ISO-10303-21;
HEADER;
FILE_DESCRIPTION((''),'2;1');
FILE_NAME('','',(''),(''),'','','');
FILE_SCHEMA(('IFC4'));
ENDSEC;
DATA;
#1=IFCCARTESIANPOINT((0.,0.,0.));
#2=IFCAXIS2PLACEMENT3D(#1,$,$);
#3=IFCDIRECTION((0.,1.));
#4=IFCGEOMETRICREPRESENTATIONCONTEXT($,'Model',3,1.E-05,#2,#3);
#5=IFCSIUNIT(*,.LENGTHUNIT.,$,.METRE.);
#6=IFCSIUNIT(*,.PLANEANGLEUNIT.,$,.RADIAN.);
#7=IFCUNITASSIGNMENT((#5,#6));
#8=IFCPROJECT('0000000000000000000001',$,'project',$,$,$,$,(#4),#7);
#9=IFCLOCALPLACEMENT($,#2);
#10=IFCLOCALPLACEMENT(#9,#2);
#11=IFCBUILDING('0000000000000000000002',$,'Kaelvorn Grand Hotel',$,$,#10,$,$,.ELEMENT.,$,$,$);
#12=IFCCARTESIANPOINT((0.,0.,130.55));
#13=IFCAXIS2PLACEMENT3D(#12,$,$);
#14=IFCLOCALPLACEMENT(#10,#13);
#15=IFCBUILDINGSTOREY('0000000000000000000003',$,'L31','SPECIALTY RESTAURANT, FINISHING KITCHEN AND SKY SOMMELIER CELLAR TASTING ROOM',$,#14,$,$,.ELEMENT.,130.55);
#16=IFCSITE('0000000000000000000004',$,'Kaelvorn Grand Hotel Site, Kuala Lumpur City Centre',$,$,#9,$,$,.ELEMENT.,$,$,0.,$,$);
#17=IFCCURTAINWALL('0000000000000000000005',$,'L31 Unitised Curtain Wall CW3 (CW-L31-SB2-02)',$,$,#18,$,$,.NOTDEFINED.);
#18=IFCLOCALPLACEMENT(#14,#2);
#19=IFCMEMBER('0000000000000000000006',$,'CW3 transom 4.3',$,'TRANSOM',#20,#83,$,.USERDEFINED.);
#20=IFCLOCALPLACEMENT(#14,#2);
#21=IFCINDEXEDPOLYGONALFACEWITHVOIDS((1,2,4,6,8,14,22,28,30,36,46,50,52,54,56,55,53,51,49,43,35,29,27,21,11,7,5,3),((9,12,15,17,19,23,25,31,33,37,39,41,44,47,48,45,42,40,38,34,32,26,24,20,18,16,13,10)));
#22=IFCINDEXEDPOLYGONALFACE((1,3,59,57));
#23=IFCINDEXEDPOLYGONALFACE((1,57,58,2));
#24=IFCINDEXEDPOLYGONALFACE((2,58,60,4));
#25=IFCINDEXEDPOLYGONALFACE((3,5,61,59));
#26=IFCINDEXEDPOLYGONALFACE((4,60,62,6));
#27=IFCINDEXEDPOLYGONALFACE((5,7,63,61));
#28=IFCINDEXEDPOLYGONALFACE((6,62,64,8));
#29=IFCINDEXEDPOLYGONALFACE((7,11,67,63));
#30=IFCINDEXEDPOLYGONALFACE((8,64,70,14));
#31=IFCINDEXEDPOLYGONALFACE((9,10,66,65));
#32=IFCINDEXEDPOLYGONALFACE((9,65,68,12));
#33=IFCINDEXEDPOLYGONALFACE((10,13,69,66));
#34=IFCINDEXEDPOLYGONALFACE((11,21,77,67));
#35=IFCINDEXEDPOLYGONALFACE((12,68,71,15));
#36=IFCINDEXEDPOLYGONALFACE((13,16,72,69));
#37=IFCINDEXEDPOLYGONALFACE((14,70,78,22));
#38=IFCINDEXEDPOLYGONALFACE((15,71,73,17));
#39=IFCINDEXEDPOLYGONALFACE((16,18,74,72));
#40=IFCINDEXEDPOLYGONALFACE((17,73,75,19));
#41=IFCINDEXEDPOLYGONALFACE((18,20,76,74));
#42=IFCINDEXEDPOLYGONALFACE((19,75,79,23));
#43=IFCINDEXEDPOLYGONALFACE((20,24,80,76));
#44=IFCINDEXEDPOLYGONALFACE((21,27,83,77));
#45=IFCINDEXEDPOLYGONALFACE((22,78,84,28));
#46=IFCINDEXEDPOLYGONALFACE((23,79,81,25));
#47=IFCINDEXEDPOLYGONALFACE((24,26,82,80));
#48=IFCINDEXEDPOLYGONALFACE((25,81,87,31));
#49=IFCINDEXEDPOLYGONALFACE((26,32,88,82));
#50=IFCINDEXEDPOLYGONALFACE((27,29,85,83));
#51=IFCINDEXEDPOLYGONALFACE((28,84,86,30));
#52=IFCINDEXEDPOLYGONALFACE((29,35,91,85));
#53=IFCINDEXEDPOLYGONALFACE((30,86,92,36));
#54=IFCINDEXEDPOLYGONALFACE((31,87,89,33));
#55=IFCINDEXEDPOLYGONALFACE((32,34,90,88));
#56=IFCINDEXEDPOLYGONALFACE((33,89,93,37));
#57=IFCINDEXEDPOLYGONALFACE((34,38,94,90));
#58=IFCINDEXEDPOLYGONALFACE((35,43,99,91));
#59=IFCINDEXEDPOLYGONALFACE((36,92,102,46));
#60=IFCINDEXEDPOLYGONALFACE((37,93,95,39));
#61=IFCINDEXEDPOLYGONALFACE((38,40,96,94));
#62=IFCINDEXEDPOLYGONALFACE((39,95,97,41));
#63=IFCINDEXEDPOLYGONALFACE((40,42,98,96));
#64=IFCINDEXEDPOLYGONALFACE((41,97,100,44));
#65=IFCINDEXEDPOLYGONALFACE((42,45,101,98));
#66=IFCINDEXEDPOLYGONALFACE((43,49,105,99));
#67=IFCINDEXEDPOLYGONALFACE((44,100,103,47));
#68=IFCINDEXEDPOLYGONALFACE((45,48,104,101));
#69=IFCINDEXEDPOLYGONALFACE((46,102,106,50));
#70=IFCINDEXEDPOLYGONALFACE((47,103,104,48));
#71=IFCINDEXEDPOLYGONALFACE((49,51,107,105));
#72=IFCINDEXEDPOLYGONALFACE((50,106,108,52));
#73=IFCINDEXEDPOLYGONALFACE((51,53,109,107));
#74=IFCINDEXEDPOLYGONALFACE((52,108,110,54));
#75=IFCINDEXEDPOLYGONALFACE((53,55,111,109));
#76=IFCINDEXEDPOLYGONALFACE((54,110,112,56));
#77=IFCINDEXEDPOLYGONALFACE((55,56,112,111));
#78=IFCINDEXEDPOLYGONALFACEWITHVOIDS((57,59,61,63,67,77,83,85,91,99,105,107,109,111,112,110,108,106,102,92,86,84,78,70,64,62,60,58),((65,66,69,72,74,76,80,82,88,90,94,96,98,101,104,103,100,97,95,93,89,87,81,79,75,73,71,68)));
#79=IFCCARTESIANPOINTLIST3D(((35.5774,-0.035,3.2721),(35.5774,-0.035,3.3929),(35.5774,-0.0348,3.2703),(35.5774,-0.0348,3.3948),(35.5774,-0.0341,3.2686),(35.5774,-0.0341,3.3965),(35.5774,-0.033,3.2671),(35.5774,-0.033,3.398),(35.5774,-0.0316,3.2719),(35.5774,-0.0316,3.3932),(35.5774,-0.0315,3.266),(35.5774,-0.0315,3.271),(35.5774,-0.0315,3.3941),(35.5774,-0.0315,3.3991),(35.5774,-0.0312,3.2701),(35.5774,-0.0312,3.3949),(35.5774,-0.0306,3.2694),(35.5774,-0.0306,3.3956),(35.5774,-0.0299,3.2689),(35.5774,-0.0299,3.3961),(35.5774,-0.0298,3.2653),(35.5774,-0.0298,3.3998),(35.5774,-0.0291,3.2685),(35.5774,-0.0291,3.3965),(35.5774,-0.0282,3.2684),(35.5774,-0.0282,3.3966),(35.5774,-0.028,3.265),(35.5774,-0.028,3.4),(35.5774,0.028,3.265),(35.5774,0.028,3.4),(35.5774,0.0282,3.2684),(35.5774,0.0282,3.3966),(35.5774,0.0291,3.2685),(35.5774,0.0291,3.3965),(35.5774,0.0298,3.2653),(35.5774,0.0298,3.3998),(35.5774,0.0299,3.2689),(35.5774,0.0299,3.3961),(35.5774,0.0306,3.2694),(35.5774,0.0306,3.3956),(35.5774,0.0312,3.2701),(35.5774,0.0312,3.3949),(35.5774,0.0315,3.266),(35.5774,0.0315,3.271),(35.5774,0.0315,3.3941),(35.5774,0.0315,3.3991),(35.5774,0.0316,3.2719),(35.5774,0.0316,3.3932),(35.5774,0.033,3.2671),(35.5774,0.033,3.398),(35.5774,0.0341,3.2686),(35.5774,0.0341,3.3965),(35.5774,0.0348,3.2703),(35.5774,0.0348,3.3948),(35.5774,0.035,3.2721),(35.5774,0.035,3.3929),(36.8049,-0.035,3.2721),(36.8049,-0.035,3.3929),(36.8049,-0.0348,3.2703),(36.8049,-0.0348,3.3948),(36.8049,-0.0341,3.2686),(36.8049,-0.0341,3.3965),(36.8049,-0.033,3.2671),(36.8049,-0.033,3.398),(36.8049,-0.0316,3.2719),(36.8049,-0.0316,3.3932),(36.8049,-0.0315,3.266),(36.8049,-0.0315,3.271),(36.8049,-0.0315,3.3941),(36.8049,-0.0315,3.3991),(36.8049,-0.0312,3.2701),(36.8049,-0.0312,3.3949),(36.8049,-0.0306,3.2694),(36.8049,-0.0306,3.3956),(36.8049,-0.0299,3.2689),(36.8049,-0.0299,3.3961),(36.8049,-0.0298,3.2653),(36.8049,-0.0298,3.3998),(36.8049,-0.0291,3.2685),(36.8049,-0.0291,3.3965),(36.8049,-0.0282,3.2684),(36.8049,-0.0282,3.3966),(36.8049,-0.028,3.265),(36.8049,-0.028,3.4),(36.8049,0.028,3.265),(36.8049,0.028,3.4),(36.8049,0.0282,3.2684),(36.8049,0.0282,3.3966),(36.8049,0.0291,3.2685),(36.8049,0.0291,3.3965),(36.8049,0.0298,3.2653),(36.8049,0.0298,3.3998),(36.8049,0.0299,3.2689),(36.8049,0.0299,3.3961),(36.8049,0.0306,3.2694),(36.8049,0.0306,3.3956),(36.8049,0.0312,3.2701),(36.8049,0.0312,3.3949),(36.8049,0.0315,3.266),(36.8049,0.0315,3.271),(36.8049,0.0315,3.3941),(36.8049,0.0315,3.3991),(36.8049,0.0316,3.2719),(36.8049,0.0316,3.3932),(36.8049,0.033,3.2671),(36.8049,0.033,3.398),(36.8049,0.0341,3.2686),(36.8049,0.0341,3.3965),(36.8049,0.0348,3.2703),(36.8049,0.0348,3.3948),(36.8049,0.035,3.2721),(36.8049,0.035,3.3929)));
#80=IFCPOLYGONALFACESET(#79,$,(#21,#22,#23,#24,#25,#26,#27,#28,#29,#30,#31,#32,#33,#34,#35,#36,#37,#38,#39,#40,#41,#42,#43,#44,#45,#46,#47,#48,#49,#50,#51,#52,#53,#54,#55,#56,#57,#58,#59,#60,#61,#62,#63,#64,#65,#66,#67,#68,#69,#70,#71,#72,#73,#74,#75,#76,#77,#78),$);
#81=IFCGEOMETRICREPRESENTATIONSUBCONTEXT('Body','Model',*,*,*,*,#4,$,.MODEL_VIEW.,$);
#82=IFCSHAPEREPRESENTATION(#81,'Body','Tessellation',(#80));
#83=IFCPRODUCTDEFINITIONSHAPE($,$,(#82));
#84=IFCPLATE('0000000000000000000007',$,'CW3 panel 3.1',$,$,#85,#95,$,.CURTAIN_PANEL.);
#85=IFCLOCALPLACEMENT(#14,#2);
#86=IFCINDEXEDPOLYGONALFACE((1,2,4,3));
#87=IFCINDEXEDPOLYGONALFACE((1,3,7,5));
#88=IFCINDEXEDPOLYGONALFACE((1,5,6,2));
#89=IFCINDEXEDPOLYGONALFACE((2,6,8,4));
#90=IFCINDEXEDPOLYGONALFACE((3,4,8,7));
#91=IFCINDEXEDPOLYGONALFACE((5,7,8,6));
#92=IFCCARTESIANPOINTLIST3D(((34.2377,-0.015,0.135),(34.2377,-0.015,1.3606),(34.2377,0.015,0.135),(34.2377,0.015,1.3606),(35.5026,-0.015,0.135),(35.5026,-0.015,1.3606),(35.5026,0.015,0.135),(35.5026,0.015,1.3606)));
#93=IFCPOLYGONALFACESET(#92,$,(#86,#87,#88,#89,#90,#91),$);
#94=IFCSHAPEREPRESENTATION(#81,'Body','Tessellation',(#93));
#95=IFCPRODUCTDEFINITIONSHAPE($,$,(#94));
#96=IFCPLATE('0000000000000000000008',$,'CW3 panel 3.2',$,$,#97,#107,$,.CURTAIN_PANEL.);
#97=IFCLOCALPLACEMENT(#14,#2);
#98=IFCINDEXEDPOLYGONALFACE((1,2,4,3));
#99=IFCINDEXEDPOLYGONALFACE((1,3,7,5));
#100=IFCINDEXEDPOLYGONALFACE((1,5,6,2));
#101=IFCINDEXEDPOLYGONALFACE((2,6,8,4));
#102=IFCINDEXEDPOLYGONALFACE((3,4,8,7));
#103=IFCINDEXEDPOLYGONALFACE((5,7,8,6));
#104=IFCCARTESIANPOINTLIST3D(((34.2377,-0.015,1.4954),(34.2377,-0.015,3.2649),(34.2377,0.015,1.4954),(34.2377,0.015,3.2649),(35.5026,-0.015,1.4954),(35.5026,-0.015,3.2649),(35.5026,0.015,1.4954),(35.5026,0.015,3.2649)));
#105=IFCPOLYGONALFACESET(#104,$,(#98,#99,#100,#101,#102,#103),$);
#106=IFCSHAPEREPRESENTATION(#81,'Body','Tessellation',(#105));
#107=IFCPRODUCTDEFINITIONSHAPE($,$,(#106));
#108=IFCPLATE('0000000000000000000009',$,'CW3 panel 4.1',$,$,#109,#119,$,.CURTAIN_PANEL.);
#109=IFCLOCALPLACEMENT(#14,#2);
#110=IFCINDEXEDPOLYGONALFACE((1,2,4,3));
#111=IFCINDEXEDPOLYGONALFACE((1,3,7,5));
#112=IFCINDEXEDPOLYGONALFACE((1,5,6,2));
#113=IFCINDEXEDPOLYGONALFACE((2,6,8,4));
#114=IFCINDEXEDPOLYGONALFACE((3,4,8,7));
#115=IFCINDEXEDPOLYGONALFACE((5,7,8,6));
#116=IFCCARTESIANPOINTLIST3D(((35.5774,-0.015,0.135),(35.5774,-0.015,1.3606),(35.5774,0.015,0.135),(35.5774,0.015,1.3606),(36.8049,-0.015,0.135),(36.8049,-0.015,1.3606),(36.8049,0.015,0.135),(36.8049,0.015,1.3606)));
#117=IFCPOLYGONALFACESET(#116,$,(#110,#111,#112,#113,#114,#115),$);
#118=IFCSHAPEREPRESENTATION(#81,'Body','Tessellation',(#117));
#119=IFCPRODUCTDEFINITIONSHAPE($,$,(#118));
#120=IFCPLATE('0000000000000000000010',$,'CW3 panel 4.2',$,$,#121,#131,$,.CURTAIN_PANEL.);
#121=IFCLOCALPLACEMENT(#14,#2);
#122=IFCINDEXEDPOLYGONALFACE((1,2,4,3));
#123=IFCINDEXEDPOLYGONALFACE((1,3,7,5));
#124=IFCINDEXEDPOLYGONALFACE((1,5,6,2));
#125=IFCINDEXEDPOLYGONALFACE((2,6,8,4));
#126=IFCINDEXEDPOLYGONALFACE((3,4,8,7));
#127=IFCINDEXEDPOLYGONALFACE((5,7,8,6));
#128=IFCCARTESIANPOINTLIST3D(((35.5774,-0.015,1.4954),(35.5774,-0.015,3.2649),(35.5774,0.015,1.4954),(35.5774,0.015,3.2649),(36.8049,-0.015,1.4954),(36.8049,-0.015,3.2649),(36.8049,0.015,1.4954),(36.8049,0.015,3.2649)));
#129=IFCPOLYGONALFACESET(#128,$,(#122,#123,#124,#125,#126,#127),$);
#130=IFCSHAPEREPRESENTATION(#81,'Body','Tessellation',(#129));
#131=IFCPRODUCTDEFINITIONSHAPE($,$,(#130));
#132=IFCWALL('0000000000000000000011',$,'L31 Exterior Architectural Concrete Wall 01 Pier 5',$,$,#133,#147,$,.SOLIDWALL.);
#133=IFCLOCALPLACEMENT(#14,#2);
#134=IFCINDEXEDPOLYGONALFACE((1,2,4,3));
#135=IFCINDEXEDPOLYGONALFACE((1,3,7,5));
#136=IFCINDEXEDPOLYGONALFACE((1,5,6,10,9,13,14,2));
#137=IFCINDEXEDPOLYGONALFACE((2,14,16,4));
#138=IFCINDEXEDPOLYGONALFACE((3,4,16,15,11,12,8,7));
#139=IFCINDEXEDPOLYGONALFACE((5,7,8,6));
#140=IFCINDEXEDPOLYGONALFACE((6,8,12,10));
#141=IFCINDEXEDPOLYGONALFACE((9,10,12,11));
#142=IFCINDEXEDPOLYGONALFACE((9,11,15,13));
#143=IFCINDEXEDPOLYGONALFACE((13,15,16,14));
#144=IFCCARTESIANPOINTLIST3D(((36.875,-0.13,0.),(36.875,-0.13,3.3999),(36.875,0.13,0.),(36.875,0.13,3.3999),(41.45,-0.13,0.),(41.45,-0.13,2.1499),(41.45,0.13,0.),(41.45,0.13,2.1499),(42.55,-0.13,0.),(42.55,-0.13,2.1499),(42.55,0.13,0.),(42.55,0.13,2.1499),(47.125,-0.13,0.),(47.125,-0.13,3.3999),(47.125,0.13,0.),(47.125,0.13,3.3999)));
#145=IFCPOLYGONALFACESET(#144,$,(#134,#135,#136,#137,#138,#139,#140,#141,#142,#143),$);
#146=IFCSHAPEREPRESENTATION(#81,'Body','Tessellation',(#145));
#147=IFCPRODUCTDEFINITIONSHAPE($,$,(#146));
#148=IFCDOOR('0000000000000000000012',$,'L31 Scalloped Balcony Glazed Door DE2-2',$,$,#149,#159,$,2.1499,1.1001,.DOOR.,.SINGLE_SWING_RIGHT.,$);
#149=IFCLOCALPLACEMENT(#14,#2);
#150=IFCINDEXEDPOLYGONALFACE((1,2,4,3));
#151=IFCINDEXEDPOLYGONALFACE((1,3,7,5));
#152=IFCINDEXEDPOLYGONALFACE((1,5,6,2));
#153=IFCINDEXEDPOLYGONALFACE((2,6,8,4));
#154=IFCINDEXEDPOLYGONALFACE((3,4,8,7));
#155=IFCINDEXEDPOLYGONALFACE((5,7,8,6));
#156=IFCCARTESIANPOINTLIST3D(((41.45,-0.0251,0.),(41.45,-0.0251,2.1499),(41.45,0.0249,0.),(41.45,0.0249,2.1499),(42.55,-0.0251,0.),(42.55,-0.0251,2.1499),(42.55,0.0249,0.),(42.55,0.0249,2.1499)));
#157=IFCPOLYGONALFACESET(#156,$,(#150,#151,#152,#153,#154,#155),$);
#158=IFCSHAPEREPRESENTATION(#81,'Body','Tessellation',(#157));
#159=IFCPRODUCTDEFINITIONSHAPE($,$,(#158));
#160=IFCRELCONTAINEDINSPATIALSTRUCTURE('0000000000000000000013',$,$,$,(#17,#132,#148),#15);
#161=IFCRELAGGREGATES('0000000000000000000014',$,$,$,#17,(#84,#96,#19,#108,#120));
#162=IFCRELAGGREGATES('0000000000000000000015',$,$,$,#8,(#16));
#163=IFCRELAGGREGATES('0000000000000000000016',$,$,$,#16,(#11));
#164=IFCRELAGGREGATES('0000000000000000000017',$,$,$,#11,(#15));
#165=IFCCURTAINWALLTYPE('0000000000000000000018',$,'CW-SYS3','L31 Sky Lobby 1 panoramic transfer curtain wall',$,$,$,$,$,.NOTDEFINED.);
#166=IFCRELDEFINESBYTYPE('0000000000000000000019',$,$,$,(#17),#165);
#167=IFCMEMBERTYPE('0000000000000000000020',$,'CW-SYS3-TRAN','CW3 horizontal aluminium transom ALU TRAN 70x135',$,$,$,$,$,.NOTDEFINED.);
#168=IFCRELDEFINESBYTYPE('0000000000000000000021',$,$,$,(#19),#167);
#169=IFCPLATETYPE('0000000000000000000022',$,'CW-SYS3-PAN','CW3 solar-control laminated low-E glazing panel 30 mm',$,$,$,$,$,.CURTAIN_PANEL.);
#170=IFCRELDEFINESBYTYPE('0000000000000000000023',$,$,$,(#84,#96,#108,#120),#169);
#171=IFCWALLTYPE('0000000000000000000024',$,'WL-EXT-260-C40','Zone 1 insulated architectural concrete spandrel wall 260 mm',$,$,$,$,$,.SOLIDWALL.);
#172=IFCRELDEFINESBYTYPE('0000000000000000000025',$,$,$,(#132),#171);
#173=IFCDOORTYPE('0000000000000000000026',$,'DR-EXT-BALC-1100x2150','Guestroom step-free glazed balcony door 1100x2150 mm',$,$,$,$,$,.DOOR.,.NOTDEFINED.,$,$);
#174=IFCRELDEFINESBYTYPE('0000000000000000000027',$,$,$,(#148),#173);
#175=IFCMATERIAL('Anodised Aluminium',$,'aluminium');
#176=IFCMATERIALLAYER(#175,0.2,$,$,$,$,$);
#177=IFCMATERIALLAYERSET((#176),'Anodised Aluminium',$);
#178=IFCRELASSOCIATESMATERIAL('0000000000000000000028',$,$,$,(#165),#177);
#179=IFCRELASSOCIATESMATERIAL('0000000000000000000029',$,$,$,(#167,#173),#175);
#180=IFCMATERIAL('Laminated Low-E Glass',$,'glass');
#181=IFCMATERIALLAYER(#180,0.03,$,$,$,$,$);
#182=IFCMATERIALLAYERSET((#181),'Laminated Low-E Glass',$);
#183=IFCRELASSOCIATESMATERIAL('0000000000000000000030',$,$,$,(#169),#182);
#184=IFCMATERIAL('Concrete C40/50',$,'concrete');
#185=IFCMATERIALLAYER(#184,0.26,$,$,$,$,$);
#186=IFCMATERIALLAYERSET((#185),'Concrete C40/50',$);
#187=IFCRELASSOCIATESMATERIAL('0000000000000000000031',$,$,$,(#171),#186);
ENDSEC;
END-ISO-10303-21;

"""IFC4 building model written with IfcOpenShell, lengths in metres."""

from ifc_helpers import new_model, si_unit, direction, frame, frame_2d, origin, origin_2d, place, context, subcontext, project, spatial, rectangle, hollow_rectangle, extrude, material, layer, layer_set, material_profile, profile_set, type_object, element, fill, aggregate, save


model = new_model("IFC4")

# Units and contexts
model_context = context("Model", 3, precision=1e-05, world=origin(), true_north=direction((0.0, 1.0)))
body_context = subcontext(model_context, "Body", "Model", "MODEL_VIEW")
ifc_project = project(units=[si_unit("LENGTHUNIT", "METRE"), si_unit("PLANEANGLEUNIT", "RADIAN")], contexts=[model_context])

# Site, building, storey
site_placement = place(None, origin())
site = spatial("IfcSite", under=ifc_project, at=site_placement, Name="Kaelvorn Grand Hotel Site, Kuala Lumpur City Centre", CompositionType="ELEMENT", RefElevation=0.0)
building_placement = place(site_placement, origin())
building = spatial("IfcBuilding", under=site, at=building_placement, Name="Kaelvorn Grand Hotel", CompositionType="ELEMENT")
storey_placement = place(building_placement, frame((0.0, 0.0, 130.55)))
storey = spatial("IfcBuildingStorey", under=building, at=storey_placement, Name="L31", Description="SPECIALTY RESTAURANT, FINISHING KITCHEN AND SKY SOMMELIER CELLAR TASTING ROOM", CompositionType="ELEMENT", Elevation=130.55)

# Curtain wall, member, plates
ifc_material_1 = material(Name="Anodised Aluminium", Category="aluminium")
ifc_layer_1 = layer(ifc_material_1, 0.2)
ifc_layer_set_1 = layer_set([ifc_layer_1], Name="Anodised Aluminium")
curtain_wall_type = type_object("IfcCurtainWallType", Name="CW-SYS3", Description="L31 Sky Lobby 1 panoramic transfer curtain wall", PredefinedType="NOTDEFINED", material=ifc_layer_set_1)
curtain_wall_placement = place(storey_placement, origin())
curtain_wall = element("IfcCurtainWall", 1, at=curtain_wall_placement, inside=storey, type_object=curtain_wall_type, Name="L31 Unitised Curtain Wall CW3 (CW-L31-SB2-02)", PredefinedType="NOTDEFINED")
ifc_material_profile_1 = material_profile(ifc_material_1, hollow_rectangle(XDim=0.0701, YDim=0.135, WallThickness=0.0034, InnerFilletRadius=0.0034, OuterFilletRadius=0.0071, at=origin_2d()), Name="ALU TRAN 70x135")
ifc_profile_set_1 = profile_set([ifc_material_profile_1], Name="Anodised Aluminium")
member_type_1 = type_object("IfcMemberType", Name="CW-SYS3-TRAN", Description="CW3 horizontal aluminium transom ALU TRAN 70x135", PredefinedType="NOTDEFINED", material=ifc_profile_set_1)
member_1_placement = place(storey_placement, frame((35.5774, 0.0, 3.3325), z_axis=(1.0, 0.0, 0.0), x_axis=(0.0, 1.0, 0.0)))
member_1 = element("IfcMember", 2, at=member_1_placement, type_object=member_type_1, Name="CW3 transom 4.3", ObjectType="TRANSOM", PredefinedType="USERDEFINED", context=body_context, shape_type="SweptSolid", body=[
    extrude(hollow_rectangle(XDim=0.0701, YDim=0.135, WallThickness=0.0034, InnerFilletRadius=0.0034, OuterFilletRadius=0.0071, at=origin_2d()), origin(), (0.0, 0.0, 1.0), 1.2275),
])
ifc_material_2 = material(Name="Laminated Low-E Glass", Category="glass")
ifc_layer_2 = layer(ifc_material_2, 0.03)
ifc_layer_set_2 = layer_set([ifc_layer_2], Name="Laminated Low-E Glass")
plate_type = type_object("IfcPlateType", Name="CW-SYS3-PAN", Description="CW3 solar-control laminated low-E glazing panel 30 mm", PredefinedType="CURTAIN_PANEL", material=ifc_layer_set_2)
plate_1_placement = place(storey_placement, frame((34.8701, 0.0, 0.135), z_axis=(0.0, 0.0, 1.0), x_axis=(1.0, 0.0, 0.0)))
plate_1 = element("IfcPlate", 3, at=plate_1_placement, type_object=plate_type, Name="CW3 panel 3.1", PredefinedType="CURTAIN_PANEL", context=body_context, shape_type="SweptSolid", body=[
    extrude(rectangle(XDim=1.2649, YDim=0.03, at=origin_2d()), origin(), (0.0, 0.0, 1.0), 1.2256),
])
plate_2_placement = place(storey_placement, frame((34.8701, 0.0, 1.4954), z_axis=(0.0, 0.0, 1.0), x_axis=(1.0, 0.0, 0.0)))
plate_2 = element("IfcPlate", 4, at=plate_2_placement, type_object=plate_type, Name="CW3 panel 3.2", PredefinedType="CURTAIN_PANEL", context=body_context, shape_type="SweptSolid", body=[
    extrude(rectangle(XDim=1.2649, YDim=0.03, at=origin_2d()), origin(), (0.0, 0.0, 1.0), 1.7695),
])
plate_3_placement = place(storey_placement, frame((36.1912, 0.0, 0.135), z_axis=(0.0, 0.0, 1.0), x_axis=(1.0, 0.0, 0.0)))
plate_3 = element("IfcPlate", 5, at=plate_3_placement, type_object=plate_type, Name="CW3 panel 4.1", PredefinedType="CURTAIN_PANEL", context=body_context, shape_type="SweptSolid", body=[
    extrude(rectangle(XDim=1.2275, YDim=0.03, at=origin_2d()), origin(), (0.0, 0.0, 1.0), 1.2256),
])
plate_4_placement = place(storey_placement, frame((36.1912, 0.0, 1.4954), z_axis=(0.0, 0.0, 1.0), x_axis=(1.0, 0.0, 0.0)))
plate_4 = element("IfcPlate", 6, at=plate_4_placement, type_object=plate_type, Name="CW3 panel 4.2", PredefinedType="CURTAIN_PANEL", context=body_context, shape_type="SweptSolid", body=[
    extrude(rectangle(XDim=1.2275, YDim=0.03, at=origin_2d()), origin(), (0.0, 0.0, 1.0), 1.7695),
])
aggregate(curtain_wall, [plate_1, plate_2, member_1, plate_3, plate_4])

# Wall, opening, door
ifc_material_3 = material(Name="Concrete C40/50", Category="concrete")
ifc_layer_3 = layer(ifc_material_3, 0.26)
ifc_layer_set_3 = layer_set([ifc_layer_3], Name="Concrete C40/50")
wall_type = type_object("IfcWallType", Name="WL-EXT-260-C40", Description="Zone 1 insulated architectural concrete spandrel wall 260 mm", PredefinedType="SOLIDWALL", material=ifc_layer_set_3)
wall_placement = place(storey_placement, frame((36.875, 0.0, 0.0), z_axis=(0.0, 0.0, 1.0), x_axis=(1.0, 0.0, 0.0)))
wall = element("IfcWall", 7, at=wall_placement, inside=storey, type_object=wall_type, Name="L31 Exterior Architectural Concrete Wall 01 Pier 5", PredefinedType="SOLIDWALL", context=body_context, shape_type="SweptSolid", body=[
    extrude(rectangle(XDim=10.25, YDim=0.26, at=frame_2d((5.125, 0.0))), origin(), (0.0, 0.0, 1.0), 3.3999),
])
opening_placement = place(wall_placement, frame((4.575, 0.0, 0.0)))
opening = element("IfcOpeningElement", 8, at=opening_placement, cuts=wall, PredefinedType="OPENING", context=body_context, shape_type="SweptSolid", body=[
    extrude(rectangle(XDim=1.1001, YDim=2.1499, at=frame_2d((0.55, 1.075))), frame((0.0, 0.1401, 0.0), z_axis=(0.0, -1.0, 0.0), x_axis=(1.0, 0.0, 0.0)), (0.0, 0.0, 1.0), 0.28),
])
door_type = type_object("IfcDoorType", Name="DR-EXT-BALC-1100x2150", Description="Guestroom step-free glazed balcony door 1100x2150 mm", OperationType="NOTDEFINED", PredefinedType="DOOR", material=ifc_material_1)
door_placement = place(opening_placement, origin())
door = element("IfcDoor", 9, at=door_placement, inside=storey, type_object=door_type, Name="L31 Scalloped Balcony Glazed Door DE2-2", OperationType="SINGLE_SWING_RIGHT", OverallHeight=2.1499, OverallWidth=1.1001, PredefinedType="DOOR", context=body_context, shape_type="SweptSolid", body=[
    extrude(rectangle(XDim=1.1001, YDim=2.1499, at=frame_2d((0.55, 1.075))), frame((0.0, 0.0249, 0.0), z_axis=(0.0, -1.0, 0.0), x_axis=(1.0, 0.0, 0.0)), (0.0, 0.0, 1.0), 0.05),
])
fill(opening, door)

save(model, "model.ifc")
